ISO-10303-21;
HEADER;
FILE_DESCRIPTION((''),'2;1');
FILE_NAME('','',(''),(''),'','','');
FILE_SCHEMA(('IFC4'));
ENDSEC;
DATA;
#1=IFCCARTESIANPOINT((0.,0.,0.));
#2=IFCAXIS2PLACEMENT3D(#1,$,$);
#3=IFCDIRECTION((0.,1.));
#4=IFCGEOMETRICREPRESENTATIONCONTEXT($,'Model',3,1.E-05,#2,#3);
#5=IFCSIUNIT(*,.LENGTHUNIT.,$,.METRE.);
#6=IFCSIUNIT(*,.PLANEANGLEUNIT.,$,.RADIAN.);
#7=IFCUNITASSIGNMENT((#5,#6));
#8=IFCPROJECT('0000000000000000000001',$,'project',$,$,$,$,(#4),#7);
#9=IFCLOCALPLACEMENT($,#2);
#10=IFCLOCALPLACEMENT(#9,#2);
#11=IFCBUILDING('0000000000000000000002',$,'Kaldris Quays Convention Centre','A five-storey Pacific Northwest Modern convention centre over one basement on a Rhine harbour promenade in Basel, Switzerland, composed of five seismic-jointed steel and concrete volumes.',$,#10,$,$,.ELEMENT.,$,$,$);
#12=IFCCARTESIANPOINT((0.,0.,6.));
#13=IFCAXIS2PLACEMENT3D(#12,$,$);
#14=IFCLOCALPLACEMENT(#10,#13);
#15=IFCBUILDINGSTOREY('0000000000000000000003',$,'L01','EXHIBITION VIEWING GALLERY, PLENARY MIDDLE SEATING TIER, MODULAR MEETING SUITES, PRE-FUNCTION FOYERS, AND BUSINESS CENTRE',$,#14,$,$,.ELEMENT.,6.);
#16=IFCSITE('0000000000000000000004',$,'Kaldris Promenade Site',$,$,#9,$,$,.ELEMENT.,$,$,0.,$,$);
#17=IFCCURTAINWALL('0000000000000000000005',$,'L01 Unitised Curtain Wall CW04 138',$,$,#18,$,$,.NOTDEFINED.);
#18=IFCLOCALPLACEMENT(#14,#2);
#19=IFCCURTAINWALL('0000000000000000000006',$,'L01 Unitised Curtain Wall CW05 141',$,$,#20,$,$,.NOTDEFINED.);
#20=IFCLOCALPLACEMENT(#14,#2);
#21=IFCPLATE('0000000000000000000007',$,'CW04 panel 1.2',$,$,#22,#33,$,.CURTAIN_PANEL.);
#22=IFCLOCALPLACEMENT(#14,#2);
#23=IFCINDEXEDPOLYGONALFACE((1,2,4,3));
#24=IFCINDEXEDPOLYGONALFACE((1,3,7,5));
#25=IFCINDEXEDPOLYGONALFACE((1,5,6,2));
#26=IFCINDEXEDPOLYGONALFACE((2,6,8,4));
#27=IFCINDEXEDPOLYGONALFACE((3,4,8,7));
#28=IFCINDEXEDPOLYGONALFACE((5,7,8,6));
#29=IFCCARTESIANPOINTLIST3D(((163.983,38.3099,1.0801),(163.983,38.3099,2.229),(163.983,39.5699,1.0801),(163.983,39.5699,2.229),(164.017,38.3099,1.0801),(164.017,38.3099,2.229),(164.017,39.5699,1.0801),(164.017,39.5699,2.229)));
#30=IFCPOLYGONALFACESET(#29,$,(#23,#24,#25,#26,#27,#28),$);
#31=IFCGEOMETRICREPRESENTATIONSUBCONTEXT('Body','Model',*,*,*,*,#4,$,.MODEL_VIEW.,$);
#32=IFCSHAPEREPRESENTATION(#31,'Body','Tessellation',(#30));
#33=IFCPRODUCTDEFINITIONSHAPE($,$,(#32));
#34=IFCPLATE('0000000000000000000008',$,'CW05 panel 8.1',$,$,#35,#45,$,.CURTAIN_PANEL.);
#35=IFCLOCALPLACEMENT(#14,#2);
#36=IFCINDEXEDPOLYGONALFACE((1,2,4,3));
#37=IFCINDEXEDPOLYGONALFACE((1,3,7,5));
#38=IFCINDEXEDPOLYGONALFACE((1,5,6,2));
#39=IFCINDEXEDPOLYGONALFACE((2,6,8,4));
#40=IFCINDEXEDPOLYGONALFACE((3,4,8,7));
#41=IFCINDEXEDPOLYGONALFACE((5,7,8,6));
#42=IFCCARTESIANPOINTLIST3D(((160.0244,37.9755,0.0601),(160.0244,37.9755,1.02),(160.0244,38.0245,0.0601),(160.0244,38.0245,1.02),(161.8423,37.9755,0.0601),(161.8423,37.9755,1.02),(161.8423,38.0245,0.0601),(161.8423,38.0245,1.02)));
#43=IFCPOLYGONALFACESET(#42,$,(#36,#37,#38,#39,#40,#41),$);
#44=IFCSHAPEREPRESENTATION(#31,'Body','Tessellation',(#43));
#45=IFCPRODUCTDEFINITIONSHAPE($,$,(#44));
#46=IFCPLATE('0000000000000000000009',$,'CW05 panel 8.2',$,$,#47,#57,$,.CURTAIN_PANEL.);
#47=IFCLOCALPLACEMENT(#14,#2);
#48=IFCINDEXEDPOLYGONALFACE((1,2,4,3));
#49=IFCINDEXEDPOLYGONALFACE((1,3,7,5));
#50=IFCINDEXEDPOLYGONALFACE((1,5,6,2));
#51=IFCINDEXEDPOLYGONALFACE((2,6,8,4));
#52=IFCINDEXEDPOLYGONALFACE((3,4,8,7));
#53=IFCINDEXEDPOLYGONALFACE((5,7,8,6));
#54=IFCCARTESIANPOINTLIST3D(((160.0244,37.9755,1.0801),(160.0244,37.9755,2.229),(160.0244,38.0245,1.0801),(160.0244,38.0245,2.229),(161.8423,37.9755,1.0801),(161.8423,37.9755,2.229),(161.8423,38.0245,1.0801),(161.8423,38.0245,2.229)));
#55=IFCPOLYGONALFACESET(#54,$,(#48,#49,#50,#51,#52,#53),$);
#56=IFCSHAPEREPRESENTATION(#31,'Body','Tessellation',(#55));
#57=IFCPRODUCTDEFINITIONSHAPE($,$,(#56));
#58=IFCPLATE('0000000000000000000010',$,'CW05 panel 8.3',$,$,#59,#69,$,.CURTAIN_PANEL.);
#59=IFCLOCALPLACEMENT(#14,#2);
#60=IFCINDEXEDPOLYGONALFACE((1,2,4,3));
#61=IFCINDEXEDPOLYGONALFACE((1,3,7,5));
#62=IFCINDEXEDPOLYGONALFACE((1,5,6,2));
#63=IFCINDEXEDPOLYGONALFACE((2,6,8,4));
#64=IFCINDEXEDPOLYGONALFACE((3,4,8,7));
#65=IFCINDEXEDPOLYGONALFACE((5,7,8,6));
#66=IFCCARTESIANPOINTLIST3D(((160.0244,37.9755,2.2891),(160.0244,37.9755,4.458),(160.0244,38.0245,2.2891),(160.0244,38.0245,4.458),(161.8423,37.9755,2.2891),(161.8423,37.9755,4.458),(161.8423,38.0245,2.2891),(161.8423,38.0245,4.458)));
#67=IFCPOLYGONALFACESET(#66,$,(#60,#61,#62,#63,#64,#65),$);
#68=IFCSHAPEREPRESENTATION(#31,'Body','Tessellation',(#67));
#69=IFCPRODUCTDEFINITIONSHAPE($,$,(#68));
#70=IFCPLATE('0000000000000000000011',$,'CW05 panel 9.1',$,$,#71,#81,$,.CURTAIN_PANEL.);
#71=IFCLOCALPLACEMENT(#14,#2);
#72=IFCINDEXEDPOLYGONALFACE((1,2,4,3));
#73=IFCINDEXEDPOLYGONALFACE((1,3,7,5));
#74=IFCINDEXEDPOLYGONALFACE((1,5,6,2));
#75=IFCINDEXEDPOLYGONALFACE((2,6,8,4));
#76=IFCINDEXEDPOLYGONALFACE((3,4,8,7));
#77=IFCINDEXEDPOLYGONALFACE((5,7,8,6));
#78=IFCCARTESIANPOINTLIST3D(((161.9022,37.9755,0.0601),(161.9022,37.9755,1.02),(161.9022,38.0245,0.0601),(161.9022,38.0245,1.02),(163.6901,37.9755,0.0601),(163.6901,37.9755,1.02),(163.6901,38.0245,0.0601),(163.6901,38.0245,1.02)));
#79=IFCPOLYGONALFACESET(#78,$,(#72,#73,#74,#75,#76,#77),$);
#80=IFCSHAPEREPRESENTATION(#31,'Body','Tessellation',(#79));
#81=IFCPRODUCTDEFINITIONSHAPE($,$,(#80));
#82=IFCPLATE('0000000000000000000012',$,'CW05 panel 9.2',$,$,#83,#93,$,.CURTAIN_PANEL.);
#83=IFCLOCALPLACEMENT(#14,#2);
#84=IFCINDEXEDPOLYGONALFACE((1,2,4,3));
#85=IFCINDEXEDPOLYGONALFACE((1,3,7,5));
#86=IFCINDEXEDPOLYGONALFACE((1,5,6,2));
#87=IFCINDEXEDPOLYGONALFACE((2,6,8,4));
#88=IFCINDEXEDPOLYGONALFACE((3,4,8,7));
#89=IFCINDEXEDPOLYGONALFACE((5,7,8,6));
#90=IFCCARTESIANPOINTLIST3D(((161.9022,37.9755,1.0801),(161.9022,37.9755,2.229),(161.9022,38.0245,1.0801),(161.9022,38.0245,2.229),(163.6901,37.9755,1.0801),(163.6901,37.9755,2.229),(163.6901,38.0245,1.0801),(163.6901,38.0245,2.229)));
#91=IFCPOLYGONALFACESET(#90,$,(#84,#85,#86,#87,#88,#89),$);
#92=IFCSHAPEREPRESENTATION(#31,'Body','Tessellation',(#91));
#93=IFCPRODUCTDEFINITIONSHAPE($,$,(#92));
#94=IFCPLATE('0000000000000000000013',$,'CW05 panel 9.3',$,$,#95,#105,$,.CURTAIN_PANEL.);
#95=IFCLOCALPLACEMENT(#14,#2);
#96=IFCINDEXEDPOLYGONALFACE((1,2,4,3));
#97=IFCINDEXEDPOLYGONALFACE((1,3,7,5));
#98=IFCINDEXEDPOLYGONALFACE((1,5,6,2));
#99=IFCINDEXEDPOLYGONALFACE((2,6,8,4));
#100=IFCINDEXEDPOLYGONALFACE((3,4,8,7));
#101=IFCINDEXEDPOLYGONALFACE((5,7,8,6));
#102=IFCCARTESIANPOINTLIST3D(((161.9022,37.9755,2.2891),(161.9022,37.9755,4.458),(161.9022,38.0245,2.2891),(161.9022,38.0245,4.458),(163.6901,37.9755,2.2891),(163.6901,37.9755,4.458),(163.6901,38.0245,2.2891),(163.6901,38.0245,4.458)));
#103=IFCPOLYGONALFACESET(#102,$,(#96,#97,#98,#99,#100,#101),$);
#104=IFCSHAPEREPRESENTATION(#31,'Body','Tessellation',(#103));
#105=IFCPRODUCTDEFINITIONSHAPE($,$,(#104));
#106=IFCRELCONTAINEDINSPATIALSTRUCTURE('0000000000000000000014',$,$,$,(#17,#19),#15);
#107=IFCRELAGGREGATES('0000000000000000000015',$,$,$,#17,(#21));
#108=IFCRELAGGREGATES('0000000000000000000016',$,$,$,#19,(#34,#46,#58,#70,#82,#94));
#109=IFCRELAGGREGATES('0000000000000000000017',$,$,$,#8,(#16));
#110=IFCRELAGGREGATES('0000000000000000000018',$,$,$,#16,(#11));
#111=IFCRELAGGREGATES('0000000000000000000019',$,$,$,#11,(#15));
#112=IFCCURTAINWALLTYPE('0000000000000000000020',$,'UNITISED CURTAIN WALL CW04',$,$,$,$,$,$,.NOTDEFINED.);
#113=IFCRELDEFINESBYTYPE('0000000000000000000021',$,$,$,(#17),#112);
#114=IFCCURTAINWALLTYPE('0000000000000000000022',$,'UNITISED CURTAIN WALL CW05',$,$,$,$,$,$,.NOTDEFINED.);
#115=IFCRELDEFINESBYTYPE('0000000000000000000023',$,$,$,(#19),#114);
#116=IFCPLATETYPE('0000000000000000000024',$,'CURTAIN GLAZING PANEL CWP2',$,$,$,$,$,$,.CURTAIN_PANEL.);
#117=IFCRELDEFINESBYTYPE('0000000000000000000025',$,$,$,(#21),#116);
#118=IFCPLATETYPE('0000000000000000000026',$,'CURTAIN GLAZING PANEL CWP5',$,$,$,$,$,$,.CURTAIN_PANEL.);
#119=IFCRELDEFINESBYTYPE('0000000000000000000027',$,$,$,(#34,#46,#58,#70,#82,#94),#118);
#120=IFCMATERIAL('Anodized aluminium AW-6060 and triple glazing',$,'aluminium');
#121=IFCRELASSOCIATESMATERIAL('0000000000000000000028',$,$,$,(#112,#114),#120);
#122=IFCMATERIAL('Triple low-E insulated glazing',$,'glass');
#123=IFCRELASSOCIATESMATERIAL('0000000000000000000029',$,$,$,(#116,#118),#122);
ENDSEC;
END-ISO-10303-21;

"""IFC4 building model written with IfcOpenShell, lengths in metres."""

from ifc_helpers import new_model, si_unit, direction, frame, origin, origin_2d, place, context, subcontext, project, spatial, rectangle, extrude, material, type_object, element, aggregate, save


model = new_model("IFC4")

# Units and contexts
model_context = context("Model", 3, precision=1e-05, world=origin(), true_north=direction((0.0, 1.0)))
body_context = subcontext(model_context, "Body", "Model", "MODEL_VIEW")
ifc_project = project(units=[si_unit("LENGTHUNIT", "METRE"), si_unit("PLANEANGLEUNIT", "RADIAN")], contexts=[model_context])

# Site, building, storey
site_placement = place(None, origin())
site = spatial("IfcSite", under=ifc_project, at=site_placement, Name="Kaldris Promenade Site", CompositionType="ELEMENT", RefElevation=0.0)
building_placement = place(site_placement, origin())
building = spatial("IfcBuilding", under=site, at=building_placement, Name="Kaldris Quays Convention Centre", Description="A five-storey Pacific Northwest Modern convention centre over one basement on a Rhine harbour promenade in Basel, Switzerland, composed of five seismic-jointed steel and concrete volumes.", CompositionType="ELEMENT")
storey_placement = place(building_placement, frame((0.0, 0.0, 6.0)))
storey = spatial("IfcBuildingStorey", under=building, at=storey_placement, Name="L01", Description="EXHIBITION VIEWING GALLERY, PLENARY MIDDLE SEATING TIER, MODULAR MEETING SUITES, PRE-FUNCTION FOYERS, AND BUSINESS CENTRE", CompositionType="ELEMENT", Elevation=6.0)

# Curtain wall
ifc_material_1 = material(Name="Anodized aluminium AW-6060 and triple glazing", Category="aluminium")
curtain_wall_type_1 = type_object("IfcCurtainWallType", Name="UNITISED CURTAIN WALL CW04", PredefinedType="NOTDEFINED", material=ifc_material_1)
curtain_wall_1_placement = place(storey_placement, origin())
curtain_wall_1 = element("IfcCurtainWall", 1, at=curtain_wall_1_placement, inside=storey, type_object=curtain_wall_type_1, Name="L01 Unitised Curtain Wall CW04 138", PredefinedType="NOTDEFINED")

# Curtain wall
curtain_wall_type_2 = type_object("IfcCurtainWallType", Name="UNITISED CURTAIN WALL CW05", PredefinedType="NOTDEFINED", material=ifc_material_1)
curtain_wall_2_placement = place(storey_placement, origin())
curtain_wall_2 = element("IfcCurtainWall", 2, at=curtain_wall_2_placement, inside=storey, type_object=curtain_wall_type_2, Name="L01 Unitised Curtain Wall CW05 141", PredefinedType="NOTDEFINED")

# Plates
ifc_material_2 = material(Name="Triple low-E insulated glazing", Category="glass")
plate_type_1 = type_object("IfcPlateType", Name="CURTAIN GLAZING PANEL CWP2", PredefinedType="CURTAIN_PANEL", material=ifc_material_2)
plate_1_placement = place(storey_placement, frame((164.0, 38.9399, 1.0801), z_axis=(0.0, 0.0, 1.0), x_axis=(0.0, 1.0, 0.0)))
plate_1 = element("IfcPlate", 3, at=plate_1_placement, type_object=plate_type_1, Name="CW04 panel 1.2", PredefinedType="CURTAIN_PANEL", context=body_context, shape_type="SweptSolid", body=[
    extrude(rectangle(XDim=1.26, YDim=0.0339, at=origin_2d()), origin(), (0.0, 0.0, 1.0), 1.1489),
])
aggregate(curtain_wall_1, [plate_1])
plate_type_2 = type_object("IfcPlateType", Name="CURTAIN GLAZING PANEL CWP5", PredefinedType="CURTAIN_PANEL", material=ifc_material_2)
plate_2_placement = place(storey_placement, frame((160.9333, 38.0, 0.0601), z_axis=(0.0, 0.0, 1.0), x_axis=(1.0, 0.0, 0.0)))
plate_2 = element("IfcPlate", 4, at=plate_2_placement, type_object=plate_type_2, Name="CW05 panel 8.1", PredefinedType="CURTAIN_PANEL", context=body_context, shape_type="SweptSolid", body=[
    extrude(rectangle(XDim=1.8179, YDim=0.0491, at=origin_2d()), origin(), (0.0, 0.0, 1.0), 0.96),
])
plate_3_placement = place(storey_placement, frame((160.9333, 38.0, 1.0801), z_axis=(0.0, 0.0, 1.0), x_axis=(1.0, 0.0, 0.0)))
plate_3 = element("IfcPlate", 5, at=plate_3_placement, type_object=plate_type_2, Name="CW05 panel 8.2", PredefinedType="CURTAIN_PANEL", context=body_context, shape_type="SweptSolid", body=[
    extrude(rectangle(XDim=1.8179, YDim=0.0491, at=origin_2d()), origin(), (0.0, 0.0, 1.0), 1.1489),
])
plate_4_placement = place(storey_placement, frame((160.9333, 38.0, 2.2891), z_axis=(0.0, 0.0, 1.0), x_axis=(1.0, 0.0, 0.0)))
plate_4 = element("IfcPlate", 6, at=plate_4_placement, type_object=plate_type_2, Name="CW05 panel 8.3", PredefinedType="CURTAIN_PANEL", context=body_context, shape_type="SweptSolid", body=[
    extrude(rectangle(XDim=1.8179, YDim=0.0491, at=origin_2d()), origin(), (0.0, 0.0, 1.0), 2.1689),
])
plate_5_placement = place(storey_placement, frame((162.7961, 38.0, 0.0601), z_axis=(0.0, 0.0, 1.0), x_axis=(1.0, 0.0, 0.0)))
plate_5 = element("IfcPlate", 7, at=plate_5_placement, type_object=plate_type_2, Name="CW05 panel 9.1", PredefinedType="CURTAIN_PANEL", context=body_context, shape_type="SweptSolid", body=[
    extrude(rectangle(XDim=1.7878, YDim=0.0491, at=origin_2d()), origin(), (0.0, 0.0, 1.0), 0.96),
])
plate_6_placement = place(storey_placement, frame((162.7961, 38.0, 1.0801), z_axis=(0.0, 0.0, 1.0), x_axis=(1.0, 0.0, 0.0)))
plate_6 = element("IfcPlate", 8, at=plate_6_placement, type_object=plate_type_2, Name="CW05 panel 9.2", PredefinedType="CURTAIN_PANEL", context=body_context, shape_type="SweptSolid", body=[
    extrude(rectangle(XDim=1.7878, YDim=0.0491, at=origin_2d()), origin(), (0.0, 0.0, 1.0), 1.1489),
])
plate_7_placement = place(storey_placement, frame((162.7961, 38.0, 2.2891), z_axis=(0.0, 0.0, 1.0), x_axis=(1.0, 0.0, 0.0)))
plate_7 = element("IfcPlate", 9, at=plate_7_placement, type_object=plate_type_2, Name="CW05 panel 9.3", PredefinedType="CURTAIN_PANEL", context=body_context, shape_type="SweptSolid", body=[
    extrude(rectangle(XDim=1.7878, YDim=0.0491, at=origin_2d()), origin(), (0.0, 0.0, 1.0), 2.1689),
])
aggregate(curtain_wall_2, [plate_2, plate_3, plate_4, plate_5, plate_6, plate_7])

save(model, "model.ifc")
